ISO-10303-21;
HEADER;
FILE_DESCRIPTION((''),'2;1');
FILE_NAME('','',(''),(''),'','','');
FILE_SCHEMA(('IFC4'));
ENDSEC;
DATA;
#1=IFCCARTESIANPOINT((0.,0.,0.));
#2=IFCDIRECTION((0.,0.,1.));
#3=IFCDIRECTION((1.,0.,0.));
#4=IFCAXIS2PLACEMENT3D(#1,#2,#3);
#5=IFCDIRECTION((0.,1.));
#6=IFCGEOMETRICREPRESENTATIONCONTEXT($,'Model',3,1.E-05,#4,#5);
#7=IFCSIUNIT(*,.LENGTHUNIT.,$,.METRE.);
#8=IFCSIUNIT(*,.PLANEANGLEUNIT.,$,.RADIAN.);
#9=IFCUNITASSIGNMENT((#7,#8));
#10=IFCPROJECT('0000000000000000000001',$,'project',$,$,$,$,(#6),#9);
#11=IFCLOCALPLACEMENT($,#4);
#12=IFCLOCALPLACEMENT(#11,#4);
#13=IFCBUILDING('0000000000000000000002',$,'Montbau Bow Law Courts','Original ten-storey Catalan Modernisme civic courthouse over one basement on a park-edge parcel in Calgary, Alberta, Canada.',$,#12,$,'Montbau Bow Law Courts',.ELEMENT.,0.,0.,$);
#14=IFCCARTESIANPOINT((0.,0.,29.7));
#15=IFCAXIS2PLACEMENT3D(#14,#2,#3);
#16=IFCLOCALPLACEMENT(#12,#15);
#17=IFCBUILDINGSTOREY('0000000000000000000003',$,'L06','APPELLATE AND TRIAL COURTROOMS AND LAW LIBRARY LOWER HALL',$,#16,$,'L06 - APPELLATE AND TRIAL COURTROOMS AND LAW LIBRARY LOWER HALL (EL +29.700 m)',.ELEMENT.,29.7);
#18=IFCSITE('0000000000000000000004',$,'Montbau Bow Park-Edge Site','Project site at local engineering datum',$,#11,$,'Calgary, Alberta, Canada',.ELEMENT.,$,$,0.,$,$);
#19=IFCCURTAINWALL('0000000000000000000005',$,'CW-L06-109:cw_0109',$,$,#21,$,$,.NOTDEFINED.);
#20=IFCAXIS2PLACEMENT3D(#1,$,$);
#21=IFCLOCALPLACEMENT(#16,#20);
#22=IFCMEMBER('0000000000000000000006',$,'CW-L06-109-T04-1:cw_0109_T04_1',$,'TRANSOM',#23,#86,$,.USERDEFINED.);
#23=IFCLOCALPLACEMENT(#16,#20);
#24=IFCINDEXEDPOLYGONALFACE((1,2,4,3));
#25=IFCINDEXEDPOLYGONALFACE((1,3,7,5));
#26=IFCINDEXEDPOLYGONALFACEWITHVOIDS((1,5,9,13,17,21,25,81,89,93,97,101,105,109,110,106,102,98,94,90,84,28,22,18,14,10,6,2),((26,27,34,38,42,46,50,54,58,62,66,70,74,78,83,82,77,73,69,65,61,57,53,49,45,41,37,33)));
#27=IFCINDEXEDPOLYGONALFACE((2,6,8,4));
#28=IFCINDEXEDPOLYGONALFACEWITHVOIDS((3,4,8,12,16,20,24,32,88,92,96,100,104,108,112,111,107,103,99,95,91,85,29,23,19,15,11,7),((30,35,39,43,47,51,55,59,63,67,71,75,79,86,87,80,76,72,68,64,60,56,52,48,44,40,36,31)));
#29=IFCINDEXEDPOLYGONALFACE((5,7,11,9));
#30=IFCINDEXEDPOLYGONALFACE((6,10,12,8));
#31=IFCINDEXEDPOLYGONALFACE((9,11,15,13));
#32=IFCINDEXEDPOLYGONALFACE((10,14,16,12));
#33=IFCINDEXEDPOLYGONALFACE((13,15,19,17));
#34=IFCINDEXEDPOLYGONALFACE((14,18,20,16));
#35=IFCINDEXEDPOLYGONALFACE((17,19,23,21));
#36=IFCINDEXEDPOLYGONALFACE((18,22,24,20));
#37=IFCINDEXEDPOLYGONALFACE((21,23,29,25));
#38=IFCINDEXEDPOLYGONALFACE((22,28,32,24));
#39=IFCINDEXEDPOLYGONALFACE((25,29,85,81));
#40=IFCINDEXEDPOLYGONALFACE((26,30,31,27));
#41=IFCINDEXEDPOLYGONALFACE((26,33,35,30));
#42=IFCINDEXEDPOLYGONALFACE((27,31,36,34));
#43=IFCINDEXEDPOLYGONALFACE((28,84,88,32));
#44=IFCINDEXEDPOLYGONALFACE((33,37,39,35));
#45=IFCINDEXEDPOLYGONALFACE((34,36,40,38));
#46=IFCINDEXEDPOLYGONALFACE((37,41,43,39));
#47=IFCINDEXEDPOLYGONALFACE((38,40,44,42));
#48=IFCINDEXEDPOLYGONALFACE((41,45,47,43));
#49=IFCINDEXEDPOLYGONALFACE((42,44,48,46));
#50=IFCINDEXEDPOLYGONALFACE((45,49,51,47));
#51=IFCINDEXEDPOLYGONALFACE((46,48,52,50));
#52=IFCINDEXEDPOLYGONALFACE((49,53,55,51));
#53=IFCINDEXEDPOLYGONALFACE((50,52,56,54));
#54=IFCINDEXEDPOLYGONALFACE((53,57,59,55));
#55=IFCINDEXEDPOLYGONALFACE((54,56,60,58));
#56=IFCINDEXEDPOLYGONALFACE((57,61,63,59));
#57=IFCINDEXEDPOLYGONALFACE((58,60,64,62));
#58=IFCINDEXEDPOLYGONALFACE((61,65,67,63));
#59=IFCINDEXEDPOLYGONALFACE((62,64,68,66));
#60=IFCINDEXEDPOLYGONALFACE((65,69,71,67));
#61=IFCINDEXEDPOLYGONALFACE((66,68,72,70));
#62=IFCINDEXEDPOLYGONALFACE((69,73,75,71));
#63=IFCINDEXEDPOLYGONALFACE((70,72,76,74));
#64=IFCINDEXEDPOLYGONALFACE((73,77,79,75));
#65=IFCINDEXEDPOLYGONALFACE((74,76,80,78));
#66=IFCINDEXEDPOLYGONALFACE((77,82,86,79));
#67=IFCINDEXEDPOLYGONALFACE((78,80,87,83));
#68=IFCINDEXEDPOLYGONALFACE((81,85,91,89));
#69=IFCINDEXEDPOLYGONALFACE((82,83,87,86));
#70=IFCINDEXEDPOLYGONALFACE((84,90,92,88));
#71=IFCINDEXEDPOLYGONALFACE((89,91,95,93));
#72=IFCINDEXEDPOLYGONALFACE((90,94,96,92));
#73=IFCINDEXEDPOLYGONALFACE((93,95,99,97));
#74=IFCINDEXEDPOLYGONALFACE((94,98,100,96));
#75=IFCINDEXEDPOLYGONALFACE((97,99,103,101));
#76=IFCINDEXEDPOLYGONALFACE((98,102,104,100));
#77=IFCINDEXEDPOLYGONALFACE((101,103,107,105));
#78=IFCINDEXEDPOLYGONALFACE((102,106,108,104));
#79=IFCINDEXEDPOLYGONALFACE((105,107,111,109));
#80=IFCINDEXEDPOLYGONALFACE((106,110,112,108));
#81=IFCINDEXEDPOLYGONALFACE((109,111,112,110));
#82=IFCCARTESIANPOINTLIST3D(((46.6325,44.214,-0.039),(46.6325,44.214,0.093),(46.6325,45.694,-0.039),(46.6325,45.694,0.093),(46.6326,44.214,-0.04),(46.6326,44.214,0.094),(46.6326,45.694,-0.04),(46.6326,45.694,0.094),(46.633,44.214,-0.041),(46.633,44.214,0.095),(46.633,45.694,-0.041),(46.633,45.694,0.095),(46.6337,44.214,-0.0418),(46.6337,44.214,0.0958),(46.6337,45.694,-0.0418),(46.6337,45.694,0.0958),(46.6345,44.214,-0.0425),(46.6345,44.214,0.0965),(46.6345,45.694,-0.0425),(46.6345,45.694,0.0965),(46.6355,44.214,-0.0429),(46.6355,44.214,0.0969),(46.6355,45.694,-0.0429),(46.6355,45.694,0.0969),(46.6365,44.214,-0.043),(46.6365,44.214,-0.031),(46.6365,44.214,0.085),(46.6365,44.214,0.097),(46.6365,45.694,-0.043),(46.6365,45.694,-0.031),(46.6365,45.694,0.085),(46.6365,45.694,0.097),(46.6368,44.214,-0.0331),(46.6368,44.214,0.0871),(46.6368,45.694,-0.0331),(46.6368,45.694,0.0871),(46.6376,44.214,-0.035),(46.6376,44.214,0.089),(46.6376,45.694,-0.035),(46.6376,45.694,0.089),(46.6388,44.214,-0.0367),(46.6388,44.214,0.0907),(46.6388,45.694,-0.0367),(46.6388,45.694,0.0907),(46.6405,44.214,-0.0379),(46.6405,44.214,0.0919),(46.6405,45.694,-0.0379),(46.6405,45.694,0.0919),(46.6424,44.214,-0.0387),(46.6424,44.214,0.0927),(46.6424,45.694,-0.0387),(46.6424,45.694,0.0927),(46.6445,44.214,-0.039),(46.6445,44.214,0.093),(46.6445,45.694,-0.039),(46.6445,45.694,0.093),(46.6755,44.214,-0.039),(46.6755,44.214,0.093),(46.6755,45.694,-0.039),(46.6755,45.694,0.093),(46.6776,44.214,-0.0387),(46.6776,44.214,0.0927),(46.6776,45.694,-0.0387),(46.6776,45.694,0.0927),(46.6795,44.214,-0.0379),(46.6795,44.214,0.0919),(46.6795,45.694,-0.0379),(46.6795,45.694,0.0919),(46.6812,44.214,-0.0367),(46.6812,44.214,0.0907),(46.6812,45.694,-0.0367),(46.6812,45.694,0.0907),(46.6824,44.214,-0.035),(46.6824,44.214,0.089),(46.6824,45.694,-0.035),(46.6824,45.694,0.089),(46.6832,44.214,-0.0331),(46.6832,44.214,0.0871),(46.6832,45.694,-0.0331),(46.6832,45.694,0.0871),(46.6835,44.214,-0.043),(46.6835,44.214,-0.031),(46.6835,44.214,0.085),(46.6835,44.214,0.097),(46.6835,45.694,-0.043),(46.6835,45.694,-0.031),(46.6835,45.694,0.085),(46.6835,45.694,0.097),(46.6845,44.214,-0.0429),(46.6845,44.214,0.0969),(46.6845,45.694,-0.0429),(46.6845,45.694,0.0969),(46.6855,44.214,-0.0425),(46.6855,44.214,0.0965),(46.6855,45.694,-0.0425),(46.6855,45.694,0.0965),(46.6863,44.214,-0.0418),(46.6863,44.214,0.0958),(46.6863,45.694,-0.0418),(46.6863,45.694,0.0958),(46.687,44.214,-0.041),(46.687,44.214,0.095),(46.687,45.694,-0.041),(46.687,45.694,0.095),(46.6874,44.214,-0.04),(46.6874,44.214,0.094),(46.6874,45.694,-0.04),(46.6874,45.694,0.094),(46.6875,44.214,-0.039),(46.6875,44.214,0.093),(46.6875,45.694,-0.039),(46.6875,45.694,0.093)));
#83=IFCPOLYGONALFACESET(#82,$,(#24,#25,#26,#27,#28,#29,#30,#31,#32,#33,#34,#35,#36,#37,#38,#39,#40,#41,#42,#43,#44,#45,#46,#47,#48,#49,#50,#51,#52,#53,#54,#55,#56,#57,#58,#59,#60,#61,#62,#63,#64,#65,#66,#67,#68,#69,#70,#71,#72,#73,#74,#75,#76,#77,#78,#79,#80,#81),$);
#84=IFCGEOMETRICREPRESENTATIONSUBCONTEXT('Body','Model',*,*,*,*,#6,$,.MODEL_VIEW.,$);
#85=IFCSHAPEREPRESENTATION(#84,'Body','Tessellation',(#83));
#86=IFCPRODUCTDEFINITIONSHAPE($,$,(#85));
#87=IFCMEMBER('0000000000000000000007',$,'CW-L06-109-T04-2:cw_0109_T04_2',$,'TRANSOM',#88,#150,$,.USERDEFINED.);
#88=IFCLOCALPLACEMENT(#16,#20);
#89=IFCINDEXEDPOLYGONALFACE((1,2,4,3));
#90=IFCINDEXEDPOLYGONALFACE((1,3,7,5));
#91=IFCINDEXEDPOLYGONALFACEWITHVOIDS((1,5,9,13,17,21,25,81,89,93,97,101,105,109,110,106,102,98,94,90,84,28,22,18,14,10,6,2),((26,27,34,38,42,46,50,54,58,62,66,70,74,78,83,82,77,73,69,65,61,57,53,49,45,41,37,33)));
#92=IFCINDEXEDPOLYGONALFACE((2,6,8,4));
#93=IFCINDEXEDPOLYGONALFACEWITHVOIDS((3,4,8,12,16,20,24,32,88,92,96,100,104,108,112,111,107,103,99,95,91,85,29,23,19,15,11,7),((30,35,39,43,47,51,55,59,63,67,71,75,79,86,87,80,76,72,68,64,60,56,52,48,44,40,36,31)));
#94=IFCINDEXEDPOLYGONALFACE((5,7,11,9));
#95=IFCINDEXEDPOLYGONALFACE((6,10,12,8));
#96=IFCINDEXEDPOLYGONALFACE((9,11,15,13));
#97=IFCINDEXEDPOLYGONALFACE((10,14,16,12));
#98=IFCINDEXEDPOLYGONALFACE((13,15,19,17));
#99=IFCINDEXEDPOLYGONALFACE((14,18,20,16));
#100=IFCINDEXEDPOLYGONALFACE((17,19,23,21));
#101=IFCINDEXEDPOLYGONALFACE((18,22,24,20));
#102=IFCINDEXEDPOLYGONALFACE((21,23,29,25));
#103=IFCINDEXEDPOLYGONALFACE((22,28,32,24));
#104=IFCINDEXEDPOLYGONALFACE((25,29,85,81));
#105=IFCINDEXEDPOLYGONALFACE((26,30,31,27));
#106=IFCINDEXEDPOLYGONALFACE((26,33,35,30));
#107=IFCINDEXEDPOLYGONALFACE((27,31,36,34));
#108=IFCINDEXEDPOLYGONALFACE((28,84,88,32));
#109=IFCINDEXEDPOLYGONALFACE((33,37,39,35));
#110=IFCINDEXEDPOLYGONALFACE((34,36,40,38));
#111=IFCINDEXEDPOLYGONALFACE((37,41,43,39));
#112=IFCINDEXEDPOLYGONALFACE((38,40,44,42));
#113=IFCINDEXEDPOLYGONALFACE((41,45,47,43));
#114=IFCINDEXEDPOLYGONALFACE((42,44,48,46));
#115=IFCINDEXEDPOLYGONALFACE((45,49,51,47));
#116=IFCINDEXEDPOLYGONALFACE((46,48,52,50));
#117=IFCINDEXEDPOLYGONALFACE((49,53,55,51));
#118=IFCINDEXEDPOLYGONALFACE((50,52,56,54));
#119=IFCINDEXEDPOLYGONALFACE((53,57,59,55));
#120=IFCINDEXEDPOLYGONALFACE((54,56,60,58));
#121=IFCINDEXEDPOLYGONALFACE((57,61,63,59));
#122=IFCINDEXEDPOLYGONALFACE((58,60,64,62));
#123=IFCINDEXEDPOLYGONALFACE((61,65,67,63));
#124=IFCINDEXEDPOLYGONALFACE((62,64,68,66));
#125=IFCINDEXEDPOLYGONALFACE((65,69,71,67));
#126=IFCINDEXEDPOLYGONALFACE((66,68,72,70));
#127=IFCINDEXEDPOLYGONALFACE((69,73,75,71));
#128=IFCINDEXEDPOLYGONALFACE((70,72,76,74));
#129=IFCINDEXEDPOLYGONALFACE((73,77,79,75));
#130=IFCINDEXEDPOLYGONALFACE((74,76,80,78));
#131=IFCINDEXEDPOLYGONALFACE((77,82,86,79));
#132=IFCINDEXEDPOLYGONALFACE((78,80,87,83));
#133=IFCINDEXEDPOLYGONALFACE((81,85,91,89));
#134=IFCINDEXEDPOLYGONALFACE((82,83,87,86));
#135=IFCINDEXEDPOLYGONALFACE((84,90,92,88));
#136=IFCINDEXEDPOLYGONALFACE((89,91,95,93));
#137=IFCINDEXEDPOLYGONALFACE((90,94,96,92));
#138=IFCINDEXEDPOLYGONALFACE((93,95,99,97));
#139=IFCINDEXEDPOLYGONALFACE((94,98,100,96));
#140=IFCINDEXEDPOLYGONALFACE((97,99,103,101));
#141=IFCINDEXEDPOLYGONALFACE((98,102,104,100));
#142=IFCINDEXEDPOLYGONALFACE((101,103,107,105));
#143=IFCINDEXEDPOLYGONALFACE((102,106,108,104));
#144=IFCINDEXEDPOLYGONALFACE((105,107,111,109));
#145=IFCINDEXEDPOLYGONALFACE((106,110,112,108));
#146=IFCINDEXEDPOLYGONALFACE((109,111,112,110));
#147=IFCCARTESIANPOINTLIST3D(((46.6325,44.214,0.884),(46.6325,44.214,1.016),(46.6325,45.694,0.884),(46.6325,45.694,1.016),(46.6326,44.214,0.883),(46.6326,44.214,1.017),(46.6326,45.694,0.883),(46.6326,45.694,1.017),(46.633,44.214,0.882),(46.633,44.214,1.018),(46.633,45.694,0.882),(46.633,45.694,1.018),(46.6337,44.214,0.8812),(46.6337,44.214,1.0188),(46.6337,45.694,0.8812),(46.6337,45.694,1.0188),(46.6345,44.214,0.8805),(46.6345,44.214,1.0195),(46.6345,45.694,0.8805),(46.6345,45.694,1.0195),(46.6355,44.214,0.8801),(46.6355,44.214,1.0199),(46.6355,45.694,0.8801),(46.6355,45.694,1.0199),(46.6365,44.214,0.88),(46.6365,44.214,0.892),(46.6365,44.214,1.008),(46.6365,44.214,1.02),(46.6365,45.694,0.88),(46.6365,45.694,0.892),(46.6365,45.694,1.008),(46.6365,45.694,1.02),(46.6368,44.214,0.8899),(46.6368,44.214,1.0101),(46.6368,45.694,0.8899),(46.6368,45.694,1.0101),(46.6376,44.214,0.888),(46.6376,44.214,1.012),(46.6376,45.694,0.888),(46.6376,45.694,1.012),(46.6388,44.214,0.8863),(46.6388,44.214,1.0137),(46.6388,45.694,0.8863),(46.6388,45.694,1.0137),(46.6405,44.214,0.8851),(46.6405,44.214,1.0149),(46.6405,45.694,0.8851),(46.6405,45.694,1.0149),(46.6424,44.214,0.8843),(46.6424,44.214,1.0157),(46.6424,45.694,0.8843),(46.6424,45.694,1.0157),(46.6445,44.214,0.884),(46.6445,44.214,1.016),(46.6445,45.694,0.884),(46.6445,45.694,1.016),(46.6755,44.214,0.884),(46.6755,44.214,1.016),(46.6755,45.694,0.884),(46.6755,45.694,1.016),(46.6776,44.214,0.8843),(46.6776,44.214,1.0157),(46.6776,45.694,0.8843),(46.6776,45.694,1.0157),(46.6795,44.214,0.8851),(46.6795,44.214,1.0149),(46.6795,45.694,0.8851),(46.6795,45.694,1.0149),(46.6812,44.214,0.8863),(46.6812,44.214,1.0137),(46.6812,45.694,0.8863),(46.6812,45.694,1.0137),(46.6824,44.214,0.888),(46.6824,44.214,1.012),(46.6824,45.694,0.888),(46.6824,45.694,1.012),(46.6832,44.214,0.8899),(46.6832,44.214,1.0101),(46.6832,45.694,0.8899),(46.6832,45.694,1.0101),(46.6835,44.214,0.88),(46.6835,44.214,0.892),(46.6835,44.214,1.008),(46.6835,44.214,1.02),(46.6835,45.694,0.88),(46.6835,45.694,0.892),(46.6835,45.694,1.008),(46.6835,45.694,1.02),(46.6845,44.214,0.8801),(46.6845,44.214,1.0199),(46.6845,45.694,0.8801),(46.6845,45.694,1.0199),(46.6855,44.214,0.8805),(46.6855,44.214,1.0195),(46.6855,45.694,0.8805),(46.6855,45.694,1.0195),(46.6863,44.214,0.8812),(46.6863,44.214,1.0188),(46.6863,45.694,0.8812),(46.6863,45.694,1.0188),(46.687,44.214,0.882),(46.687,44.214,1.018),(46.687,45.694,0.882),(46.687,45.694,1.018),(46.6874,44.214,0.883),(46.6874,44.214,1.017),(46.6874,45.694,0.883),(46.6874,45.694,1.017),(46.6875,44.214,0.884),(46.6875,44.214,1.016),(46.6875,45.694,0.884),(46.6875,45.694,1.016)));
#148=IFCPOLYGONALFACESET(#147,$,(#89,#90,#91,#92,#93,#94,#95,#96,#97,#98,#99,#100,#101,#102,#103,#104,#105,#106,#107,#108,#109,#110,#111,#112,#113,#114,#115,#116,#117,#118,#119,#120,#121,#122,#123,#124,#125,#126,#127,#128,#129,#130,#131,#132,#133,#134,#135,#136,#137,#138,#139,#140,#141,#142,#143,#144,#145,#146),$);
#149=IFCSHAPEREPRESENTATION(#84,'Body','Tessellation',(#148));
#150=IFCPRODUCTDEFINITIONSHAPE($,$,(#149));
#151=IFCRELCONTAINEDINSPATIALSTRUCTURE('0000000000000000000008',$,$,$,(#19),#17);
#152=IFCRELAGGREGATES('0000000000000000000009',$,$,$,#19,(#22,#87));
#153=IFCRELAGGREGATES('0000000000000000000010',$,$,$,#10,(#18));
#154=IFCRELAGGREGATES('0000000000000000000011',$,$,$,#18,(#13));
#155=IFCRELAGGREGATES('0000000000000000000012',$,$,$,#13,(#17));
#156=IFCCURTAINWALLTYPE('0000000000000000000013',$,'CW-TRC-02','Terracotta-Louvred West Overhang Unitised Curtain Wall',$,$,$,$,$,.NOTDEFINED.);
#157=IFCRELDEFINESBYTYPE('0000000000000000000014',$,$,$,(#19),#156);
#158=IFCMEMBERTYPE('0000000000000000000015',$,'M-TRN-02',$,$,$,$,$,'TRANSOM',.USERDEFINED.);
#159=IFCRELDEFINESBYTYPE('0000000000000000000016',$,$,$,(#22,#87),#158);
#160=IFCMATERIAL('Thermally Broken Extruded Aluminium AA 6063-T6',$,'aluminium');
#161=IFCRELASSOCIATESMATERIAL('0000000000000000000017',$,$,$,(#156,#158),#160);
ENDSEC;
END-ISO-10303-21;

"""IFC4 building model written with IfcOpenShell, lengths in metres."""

from ifc_helpers import new_model, si_unit, direction, frame, origin_with_axes, origin_2d_with_axis, place, context, subcontext, project, spatial, hollow_rectangle, extrude, material, material_profile, profile_set, type_object, element, aggregate, save


model = new_model("IFC4")

# Units and contexts
model_context = context("Model", 3, precision=1e-05, world=origin_with_axes(), true_north=direction((0.0, 1.0)))
body_context = subcontext(model_context, "Body", "Model", "MODEL_VIEW")
ifc_project = project(units=[si_unit("LENGTHUNIT", "METRE"), si_unit("PLANEANGLEUNIT", "RADIAN")], contexts=[model_context])

# Site, building, storey
site_placement = place(None, origin_with_axes())
site = spatial("IfcSite", under=ifc_project, at=site_placement, Name="Montbau Bow Park-Edge Site", Description="Project site at local engineering datum", LongName="Calgary, Alberta, Canada", CompositionType="ELEMENT", RefElevation=0.0)
building_placement = place(site_placement, origin_with_axes())
building = spatial("IfcBuilding", under=site, at=building_placement, Name="Montbau Bow Law Courts", Description="Original ten-storey Catalan Modernisme civic courthouse over one basement on a park-edge parcel in Calgary, Alberta, Canada.", LongName="Montbau Bow Law Courts", CompositionType="ELEMENT", ElevationOfRefHeight=0.0, ElevationOfTerrain=0.0)
storey_placement = place(building_placement, frame((0.0, 0.0, 29.7), z_axis=(0.0, 0.0, 1.0), x_axis=(1.0, 0.0, 0.0)))
storey = spatial("IfcBuildingStorey", under=building, at=storey_placement, Name="L06", Description="APPELLATE AND TRIAL COURTROOMS AND LAW LIBRARY LOWER HALL", LongName="L06 - APPELLATE AND TRIAL COURTROOMS AND LAW LIBRARY LOWER HALL (EL +29.700 m)", CompositionType="ELEMENT", Elevation=29.7)

# Curtain wall
ifc_material_1 = material(Name="Thermally Broken Extruded Aluminium AA 6063-T6", Category="aluminium")
curtain_wall_type = type_object("IfcCurtainWallType", Name="CW-TRC-02", Description="Terracotta-Louvred West Overhang Unitised Curtain Wall", PredefinedType="NOTDEFINED", material=ifc_material_1)
curtain_wall_1_placement = place(None, frame((46.66, 39.44, 29.7), z_axis=(0.0, 0.0, 1.0), x_axis=(1.0, 0.0, 0.0)))
curtain_wall_1 = element("IfcCurtainWall", 1, at=curtain_wall_1_placement, inside=storey, type_object=curtain_wall_type, Name="CW-L06-109:cw_0109", PredefinedType="NOTDEFINED")

# Members
ifc_material_profile_1 = material_profile(ifc_material_1, hollow_rectangle(XDim=0.055, YDim=0.14, WallThickness=0.004, InnerFilletRadius=0.008, OuterFilletRadius=0.004, at=origin_2d_with_axis()), Name="CWT-140X55", Category="Main", Priority=0)
ifc_profile_set_1 = profile_set([ifc_material_profile_1], Name="Thermally Broken Extruded Aluminium AA 6063-T6")
member_type_1 = type_object("IfcMemberType", Name="M-TRN-02", ElementType="TRANSOM", PredefinedType="USERDEFINED", material=ifc_profile_set_1)
member_1_placement = place(None, frame((46.66, 44.214, 29.727), z_axis=(0.0, 1.0, 0.0), x_axis=(-1.0, 0.0, 0.0)))
member_1 = element("IfcMember", 2, at=member_1_placement, type_object=member_type_1, Name="CW-L06-109-T04-1:cw_0109_T04_1", ObjectType="TRANSOM", PredefinedType="USERDEFINED", context=body_context, shape_type="SweptSolid", body=[
    extrude(hollow_rectangle(XDim=0.055, YDim=0.14, WallThickness=0.004, InnerFilletRadius=0.008, OuterFilletRadius=0.004, at=origin_2d_with_axis()), origin_with_axes(), (0.0, 0.0, 1.0), 1.48),
])
member_2_placement = place(None, frame((46.66, 44.214, 30.65), z_axis=(0.0, 1.0, 0.0), x_axis=(-1.0, 0.0, 0.0)))
member_2 = element("IfcMember", 3, at=member_2_placement, type_object=member_type_1, Name="CW-L06-109-T04-2:cw_0109_T04_2", ObjectType="TRANSOM", PredefinedType="USERDEFINED", context=body_context, shape_type="SweptSolid", body=[
    extrude(hollow_rectangle(XDim=0.055, YDim=0.14, WallThickness=0.004, InnerFilletRadius=0.008, OuterFilletRadius=0.004, at=origin_2d_with_axis()), origin_with_axes(), (0.0, 0.0, 1.0), 1.48),
])

aggregate(curtain_wall_1, [member_1, member_2])

save(model, "model.ifc")
